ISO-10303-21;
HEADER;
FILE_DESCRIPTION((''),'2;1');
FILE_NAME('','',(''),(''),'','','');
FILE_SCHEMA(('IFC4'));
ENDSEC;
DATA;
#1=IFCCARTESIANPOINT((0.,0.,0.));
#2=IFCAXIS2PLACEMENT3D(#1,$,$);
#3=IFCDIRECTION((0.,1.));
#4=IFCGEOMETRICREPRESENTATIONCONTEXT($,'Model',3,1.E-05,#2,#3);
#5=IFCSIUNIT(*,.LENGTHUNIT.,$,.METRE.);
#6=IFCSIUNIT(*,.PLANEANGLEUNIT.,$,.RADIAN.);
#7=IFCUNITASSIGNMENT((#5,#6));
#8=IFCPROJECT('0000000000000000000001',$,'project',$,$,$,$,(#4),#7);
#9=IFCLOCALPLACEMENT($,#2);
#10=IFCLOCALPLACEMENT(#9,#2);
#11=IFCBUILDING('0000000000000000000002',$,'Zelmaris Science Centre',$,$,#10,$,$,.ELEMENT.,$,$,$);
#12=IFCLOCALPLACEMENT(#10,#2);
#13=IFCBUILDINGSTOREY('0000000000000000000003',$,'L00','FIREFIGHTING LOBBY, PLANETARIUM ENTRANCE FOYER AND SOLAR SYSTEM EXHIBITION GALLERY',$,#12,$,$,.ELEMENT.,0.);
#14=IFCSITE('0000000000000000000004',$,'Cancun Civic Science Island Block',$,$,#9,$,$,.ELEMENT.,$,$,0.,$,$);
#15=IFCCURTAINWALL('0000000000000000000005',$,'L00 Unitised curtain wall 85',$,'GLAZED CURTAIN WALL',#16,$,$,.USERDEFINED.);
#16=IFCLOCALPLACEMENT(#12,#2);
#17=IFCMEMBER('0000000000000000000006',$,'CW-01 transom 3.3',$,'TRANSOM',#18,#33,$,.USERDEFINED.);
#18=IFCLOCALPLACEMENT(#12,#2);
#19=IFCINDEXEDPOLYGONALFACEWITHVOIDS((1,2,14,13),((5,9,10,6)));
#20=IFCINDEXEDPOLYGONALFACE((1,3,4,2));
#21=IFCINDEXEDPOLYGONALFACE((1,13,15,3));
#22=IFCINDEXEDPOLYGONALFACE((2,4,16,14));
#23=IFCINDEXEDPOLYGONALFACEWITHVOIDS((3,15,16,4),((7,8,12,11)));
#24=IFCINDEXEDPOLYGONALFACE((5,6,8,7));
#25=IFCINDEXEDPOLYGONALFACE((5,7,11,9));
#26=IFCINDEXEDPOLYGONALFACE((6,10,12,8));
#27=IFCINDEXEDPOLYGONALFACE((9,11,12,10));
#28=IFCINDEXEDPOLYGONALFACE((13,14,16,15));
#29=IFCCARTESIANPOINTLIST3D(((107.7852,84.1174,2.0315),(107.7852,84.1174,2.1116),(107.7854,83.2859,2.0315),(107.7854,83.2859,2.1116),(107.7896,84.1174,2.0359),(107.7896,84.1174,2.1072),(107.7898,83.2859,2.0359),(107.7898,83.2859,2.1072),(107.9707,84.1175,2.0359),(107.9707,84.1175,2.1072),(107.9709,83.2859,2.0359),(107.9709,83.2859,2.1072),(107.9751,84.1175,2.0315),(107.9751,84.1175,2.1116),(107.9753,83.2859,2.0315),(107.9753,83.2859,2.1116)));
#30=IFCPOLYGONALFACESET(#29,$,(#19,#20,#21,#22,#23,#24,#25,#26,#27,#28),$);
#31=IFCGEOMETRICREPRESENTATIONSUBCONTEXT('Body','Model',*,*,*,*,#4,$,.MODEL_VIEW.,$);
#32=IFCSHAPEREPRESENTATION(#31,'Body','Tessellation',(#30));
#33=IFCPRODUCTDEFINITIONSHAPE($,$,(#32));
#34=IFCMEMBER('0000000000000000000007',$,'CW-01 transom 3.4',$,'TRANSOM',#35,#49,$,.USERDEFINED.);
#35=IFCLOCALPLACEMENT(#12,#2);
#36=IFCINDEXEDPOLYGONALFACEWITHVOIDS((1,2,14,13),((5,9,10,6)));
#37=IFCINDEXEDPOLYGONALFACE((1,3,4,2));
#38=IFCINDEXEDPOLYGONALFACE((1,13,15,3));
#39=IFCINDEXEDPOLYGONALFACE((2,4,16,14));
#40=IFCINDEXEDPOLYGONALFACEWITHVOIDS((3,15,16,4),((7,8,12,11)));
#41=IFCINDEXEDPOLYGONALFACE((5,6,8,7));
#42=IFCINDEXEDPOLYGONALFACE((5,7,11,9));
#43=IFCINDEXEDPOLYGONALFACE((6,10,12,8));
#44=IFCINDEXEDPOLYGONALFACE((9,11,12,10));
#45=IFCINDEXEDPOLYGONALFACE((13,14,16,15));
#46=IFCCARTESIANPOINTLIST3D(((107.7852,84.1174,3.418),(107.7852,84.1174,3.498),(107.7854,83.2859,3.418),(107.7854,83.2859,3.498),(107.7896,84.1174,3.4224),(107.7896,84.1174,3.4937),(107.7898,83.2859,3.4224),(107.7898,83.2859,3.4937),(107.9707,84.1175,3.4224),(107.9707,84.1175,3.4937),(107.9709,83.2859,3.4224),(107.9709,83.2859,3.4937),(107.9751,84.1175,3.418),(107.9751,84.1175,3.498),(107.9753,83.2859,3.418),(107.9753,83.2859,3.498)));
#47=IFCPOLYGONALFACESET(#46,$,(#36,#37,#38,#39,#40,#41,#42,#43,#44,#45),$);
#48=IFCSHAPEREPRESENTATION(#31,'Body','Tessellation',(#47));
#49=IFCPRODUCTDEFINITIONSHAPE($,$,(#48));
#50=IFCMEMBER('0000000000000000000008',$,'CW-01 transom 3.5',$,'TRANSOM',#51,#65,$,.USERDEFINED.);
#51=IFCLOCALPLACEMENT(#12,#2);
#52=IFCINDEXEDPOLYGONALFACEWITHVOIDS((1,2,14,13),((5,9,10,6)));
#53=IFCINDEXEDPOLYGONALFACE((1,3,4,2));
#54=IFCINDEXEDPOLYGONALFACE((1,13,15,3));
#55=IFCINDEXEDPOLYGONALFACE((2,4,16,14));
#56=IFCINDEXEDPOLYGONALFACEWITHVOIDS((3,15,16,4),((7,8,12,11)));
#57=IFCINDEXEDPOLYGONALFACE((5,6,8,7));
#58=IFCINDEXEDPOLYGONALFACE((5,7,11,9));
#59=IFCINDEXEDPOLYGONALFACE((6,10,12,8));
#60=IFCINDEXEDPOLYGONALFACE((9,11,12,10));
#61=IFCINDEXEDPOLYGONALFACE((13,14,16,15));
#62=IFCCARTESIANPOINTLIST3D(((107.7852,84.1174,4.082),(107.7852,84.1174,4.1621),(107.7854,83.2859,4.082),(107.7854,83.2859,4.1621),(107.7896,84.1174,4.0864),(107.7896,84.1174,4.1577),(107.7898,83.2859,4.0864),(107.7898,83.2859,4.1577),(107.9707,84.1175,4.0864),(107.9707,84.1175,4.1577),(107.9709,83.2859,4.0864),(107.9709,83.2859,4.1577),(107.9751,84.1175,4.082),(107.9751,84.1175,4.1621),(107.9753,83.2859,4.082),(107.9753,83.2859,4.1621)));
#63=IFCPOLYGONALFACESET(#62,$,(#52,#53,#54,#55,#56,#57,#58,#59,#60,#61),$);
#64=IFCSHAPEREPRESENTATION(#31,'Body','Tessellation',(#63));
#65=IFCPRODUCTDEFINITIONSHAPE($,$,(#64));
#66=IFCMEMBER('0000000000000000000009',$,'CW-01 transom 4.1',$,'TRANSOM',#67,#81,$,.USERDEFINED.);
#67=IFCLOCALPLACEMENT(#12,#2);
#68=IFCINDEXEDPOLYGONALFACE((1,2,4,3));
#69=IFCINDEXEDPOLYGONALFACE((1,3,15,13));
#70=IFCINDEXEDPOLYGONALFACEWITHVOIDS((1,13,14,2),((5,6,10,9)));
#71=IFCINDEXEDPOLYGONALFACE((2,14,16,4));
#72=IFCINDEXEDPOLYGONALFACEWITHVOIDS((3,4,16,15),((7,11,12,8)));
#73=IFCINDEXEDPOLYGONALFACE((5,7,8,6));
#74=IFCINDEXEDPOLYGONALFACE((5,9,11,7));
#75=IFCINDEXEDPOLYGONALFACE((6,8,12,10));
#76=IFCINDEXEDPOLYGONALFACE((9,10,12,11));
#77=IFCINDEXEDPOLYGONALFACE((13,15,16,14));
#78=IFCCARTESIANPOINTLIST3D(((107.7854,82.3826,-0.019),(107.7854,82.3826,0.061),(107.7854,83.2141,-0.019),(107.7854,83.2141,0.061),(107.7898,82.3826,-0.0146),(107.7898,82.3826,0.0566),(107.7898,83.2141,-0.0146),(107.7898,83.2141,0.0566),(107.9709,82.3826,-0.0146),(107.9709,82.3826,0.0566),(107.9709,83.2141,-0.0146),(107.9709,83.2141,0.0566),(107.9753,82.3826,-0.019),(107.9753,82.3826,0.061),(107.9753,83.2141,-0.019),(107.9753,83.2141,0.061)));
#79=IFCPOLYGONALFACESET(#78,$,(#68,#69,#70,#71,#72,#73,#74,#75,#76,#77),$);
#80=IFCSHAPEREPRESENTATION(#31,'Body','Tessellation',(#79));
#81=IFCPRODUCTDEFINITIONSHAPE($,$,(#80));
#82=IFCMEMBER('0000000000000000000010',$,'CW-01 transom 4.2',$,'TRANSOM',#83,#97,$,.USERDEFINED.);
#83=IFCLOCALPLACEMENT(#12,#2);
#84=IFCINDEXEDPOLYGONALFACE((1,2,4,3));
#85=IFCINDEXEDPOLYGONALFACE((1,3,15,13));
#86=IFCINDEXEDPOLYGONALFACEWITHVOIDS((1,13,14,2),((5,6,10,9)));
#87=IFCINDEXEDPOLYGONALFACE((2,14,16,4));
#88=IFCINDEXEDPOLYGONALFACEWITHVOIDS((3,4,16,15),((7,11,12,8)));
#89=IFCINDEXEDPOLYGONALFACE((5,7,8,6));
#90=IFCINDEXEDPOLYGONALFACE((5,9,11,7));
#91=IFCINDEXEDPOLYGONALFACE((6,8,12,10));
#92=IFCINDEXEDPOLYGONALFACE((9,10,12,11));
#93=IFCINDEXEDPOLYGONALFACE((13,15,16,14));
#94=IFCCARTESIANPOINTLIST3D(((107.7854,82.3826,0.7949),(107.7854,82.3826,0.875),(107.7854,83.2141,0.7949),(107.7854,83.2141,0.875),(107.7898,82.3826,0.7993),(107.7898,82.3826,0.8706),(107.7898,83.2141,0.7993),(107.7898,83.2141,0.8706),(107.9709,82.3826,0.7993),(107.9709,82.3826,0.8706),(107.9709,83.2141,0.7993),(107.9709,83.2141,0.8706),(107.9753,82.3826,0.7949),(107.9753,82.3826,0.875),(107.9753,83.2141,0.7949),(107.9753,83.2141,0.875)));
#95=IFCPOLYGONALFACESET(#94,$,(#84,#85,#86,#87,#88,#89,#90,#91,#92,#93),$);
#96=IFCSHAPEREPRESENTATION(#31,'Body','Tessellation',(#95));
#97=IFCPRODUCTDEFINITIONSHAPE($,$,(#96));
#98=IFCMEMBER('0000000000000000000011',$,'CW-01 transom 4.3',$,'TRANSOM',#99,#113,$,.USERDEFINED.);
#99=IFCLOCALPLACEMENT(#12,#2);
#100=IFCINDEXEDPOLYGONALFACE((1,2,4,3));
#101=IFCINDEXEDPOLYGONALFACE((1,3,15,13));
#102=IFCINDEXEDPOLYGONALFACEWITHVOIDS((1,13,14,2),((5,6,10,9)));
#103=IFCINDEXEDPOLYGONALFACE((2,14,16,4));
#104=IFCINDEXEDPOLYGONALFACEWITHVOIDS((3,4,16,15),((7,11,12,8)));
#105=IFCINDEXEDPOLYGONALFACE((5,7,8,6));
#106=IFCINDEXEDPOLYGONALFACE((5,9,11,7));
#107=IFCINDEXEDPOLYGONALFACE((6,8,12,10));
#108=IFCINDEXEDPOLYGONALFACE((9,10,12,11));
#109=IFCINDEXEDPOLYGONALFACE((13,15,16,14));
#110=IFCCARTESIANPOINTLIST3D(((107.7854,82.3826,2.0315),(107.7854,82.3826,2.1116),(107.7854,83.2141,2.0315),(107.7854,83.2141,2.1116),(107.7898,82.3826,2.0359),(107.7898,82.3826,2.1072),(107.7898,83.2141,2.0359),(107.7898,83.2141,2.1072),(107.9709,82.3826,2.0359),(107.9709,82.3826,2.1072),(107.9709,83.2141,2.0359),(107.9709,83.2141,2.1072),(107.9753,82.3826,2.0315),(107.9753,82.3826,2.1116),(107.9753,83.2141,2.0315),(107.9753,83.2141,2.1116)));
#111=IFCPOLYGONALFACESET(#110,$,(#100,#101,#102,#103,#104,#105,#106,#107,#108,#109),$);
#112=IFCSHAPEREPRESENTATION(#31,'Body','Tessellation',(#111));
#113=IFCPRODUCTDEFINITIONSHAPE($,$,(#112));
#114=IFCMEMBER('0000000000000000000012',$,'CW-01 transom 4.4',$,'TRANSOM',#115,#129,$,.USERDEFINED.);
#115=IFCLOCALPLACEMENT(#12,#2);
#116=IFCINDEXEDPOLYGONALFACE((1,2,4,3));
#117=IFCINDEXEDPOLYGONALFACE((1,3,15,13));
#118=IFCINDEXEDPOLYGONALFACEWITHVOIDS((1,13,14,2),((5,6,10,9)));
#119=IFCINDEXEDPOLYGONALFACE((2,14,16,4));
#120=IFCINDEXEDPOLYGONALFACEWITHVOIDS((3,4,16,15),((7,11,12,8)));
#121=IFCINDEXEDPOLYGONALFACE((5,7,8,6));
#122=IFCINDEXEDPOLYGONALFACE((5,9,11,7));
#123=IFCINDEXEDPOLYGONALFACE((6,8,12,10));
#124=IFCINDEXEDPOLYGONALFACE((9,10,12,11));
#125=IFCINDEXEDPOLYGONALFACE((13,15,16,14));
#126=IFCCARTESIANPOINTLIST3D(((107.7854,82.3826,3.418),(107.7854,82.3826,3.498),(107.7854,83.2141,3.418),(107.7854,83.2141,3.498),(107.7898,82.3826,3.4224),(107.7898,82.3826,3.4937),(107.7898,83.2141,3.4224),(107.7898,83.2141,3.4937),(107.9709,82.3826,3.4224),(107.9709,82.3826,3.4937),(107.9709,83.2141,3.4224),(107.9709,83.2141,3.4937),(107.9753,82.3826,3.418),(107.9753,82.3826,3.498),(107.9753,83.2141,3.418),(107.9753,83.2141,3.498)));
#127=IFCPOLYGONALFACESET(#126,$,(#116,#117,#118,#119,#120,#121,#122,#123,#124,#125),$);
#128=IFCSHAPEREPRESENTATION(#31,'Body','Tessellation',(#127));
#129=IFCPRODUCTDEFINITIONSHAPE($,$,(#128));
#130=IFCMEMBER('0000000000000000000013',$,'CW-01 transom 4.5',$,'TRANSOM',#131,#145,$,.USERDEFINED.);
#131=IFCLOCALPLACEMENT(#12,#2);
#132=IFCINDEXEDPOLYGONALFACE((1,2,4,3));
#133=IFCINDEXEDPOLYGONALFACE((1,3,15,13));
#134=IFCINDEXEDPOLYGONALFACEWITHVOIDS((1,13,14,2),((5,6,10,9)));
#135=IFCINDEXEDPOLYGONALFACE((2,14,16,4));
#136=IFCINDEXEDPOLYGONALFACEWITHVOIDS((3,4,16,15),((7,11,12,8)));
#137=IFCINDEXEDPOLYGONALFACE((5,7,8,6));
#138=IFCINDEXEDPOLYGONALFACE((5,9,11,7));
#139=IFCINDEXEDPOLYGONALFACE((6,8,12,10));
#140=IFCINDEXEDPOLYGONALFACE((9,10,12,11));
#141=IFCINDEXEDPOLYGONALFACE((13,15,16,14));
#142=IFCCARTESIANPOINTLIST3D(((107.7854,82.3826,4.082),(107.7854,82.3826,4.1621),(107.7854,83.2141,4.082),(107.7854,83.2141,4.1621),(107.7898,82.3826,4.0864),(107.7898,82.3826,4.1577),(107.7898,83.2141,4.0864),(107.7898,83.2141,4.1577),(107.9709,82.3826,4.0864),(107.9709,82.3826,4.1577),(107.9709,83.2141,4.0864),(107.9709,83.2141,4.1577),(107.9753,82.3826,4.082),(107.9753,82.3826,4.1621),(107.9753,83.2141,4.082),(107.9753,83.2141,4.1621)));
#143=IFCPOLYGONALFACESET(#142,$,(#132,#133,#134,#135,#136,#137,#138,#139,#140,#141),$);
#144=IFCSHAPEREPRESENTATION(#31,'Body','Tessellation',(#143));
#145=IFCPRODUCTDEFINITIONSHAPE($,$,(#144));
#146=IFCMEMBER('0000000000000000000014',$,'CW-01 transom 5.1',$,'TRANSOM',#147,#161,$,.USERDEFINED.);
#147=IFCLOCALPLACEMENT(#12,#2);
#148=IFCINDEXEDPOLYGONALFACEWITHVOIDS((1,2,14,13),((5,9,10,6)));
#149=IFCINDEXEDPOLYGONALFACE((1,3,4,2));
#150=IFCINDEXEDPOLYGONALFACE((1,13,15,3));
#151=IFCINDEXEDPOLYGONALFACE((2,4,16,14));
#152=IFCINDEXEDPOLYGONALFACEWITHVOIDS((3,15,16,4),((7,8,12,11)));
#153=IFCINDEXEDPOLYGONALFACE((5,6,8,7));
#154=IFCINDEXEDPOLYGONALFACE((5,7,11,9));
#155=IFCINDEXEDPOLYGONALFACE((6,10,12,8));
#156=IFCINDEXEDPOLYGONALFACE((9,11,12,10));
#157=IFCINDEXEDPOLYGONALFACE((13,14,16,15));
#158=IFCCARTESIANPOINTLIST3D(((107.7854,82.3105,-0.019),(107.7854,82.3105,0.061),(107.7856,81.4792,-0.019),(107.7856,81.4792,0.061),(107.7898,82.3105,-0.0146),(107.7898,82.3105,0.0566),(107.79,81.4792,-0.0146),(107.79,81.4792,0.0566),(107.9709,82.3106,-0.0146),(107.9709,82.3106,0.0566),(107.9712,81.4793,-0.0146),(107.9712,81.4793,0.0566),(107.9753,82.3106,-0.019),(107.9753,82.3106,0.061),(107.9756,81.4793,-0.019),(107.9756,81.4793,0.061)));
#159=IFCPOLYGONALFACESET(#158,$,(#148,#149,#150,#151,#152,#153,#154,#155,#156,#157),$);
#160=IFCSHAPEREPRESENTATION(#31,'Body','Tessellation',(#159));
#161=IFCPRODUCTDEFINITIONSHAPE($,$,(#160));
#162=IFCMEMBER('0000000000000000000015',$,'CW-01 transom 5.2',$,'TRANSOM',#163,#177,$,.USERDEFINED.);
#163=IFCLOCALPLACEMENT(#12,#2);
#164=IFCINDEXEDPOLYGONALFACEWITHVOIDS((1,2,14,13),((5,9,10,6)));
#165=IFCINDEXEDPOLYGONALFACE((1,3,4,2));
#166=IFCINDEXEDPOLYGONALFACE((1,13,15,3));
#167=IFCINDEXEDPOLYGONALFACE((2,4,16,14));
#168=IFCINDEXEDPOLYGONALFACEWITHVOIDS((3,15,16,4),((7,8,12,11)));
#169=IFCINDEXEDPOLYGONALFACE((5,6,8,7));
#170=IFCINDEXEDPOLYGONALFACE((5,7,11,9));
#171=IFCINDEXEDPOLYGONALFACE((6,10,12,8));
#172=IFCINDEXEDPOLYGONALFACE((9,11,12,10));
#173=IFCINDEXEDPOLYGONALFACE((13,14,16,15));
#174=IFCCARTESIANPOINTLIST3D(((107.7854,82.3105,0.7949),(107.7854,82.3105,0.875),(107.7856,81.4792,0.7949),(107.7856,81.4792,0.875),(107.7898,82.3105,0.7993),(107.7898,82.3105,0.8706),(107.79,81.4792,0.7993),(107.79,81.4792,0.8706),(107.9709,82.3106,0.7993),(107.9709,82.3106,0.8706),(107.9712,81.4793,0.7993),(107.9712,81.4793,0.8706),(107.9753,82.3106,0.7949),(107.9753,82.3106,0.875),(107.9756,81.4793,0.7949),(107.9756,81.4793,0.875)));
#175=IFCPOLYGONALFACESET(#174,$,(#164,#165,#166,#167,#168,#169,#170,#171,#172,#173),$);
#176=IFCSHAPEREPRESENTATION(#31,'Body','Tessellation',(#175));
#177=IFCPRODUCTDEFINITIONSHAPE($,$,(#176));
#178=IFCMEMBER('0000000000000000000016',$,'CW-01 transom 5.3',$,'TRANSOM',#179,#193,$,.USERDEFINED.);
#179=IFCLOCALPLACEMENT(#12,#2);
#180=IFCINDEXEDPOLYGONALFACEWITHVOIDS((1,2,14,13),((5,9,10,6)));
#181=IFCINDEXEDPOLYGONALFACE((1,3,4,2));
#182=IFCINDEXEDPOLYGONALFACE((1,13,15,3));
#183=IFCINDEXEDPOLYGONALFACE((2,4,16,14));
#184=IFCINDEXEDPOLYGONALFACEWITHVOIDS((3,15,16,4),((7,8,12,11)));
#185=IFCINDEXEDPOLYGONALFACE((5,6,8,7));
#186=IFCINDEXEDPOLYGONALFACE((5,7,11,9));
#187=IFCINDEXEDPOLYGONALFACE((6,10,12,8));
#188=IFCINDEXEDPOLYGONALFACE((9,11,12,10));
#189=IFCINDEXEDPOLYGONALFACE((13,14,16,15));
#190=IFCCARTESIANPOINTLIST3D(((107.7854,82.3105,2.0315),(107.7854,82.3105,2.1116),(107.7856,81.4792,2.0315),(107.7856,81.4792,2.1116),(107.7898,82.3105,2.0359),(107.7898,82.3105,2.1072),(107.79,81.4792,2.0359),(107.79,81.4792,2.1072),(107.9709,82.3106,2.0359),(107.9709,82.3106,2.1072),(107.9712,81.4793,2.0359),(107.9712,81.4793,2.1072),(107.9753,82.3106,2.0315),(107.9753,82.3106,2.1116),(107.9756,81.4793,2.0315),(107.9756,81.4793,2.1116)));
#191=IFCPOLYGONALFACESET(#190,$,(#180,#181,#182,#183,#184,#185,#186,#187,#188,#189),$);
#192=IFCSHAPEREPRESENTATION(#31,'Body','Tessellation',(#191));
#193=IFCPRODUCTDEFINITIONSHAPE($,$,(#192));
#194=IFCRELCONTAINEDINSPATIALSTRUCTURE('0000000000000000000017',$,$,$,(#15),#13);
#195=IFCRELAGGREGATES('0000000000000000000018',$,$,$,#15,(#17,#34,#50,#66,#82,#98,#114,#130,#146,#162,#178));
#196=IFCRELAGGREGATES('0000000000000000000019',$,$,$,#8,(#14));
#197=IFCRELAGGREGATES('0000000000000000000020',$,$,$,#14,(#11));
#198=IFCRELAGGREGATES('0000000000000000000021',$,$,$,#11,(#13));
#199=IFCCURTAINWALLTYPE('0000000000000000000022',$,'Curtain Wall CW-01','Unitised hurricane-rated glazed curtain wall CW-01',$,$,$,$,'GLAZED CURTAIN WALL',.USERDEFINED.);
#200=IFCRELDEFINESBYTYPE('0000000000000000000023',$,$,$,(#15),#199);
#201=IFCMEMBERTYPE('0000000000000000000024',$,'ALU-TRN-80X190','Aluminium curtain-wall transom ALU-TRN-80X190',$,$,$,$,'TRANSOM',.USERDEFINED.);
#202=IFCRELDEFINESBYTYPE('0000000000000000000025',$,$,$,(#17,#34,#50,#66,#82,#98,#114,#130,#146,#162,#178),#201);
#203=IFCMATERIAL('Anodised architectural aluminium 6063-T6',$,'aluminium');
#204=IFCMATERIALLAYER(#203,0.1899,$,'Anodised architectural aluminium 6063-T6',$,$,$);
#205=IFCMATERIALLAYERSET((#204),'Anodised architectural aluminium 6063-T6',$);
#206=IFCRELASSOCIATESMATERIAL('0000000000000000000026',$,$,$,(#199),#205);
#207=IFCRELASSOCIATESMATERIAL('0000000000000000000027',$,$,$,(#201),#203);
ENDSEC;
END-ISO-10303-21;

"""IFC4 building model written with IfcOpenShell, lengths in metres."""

from ifc_helpers import new_model, si_unit, direction, frame, origin, origin_2d, place, context, subcontext, project, spatial, hollow_rectangle, extrude, material, layer, layer_set, material_profile, profile_set, type_object, element, aggregate, save


model = new_model("IFC4")

# Units and contexts
model_context = context("Model", 3, precision=1e-05, world=origin(), true_north=direction((0.0, 1.0)))
body_context = subcontext(model_context, "Body", "Model", "MODEL_VIEW")
ifc_project = project(units=[si_unit("LENGTHUNIT", "METRE"), si_unit("PLANEANGLEUNIT", "RADIAN")], contexts=[model_context])

# Site, building, storey
site_placement = place(None, origin())
site = spatial("IfcSite", under=ifc_project, at=site_placement, Name="Cancun Civic Science Island Block", CompositionType="ELEMENT", RefElevation=0.0)
building_placement = place(site_placement, origin())
building = spatial("IfcBuilding", under=site, at=building_placement, Name="Zelmaris Science Centre", CompositionType="ELEMENT")
storey_placement = place(building_placement, origin())
storey = spatial("IfcBuildingStorey", under=building, at=storey_placement, Name="L00", Description="FIREFIGHTING LOBBY, PLANETARIUM ENTRANCE FOYER AND SOLAR SYSTEM EXHIBITION GALLERY", CompositionType="ELEMENT", Elevation=0.0)

# Curtain wall, members
ifc_material_1 = material(Name="Anodised architectural aluminium 6063-T6", Category="aluminium")
ifc_layer_1 = layer(ifc_material_1, 0.1899, Name="Anodised architectural aluminium 6063-T6")
ifc_layer_set_1 = layer_set([ifc_layer_1], Name="Anodised architectural aluminium 6063-T6")
curtain_wall_type = type_object("IfcCurtainWallType", Name="Curtain Wall CW-01", Description="Unitised hurricane-rated glazed curtain wall CW-01", ElementType="GLAZED CURTAIN WALL", PredefinedType="USERDEFINED", material=ifc_layer_set_1)
curtain_wall_placement = place(storey_placement, origin())
curtain_wall = element("IfcCurtainWall", 1, at=curtain_wall_placement, inside=storey, type_object=curtain_wall_type, Name="L00 Unitised curtain wall 85", ObjectType="GLAZED CURTAIN WALL", PredefinedType="USERDEFINED")
ifc_material_profile_1 = material_profile(ifc_material_1, hollow_rectangle(XDim=0.0801, YDim=0.1899, WallThickness=0.0044, at=origin_2d()), Name="ALU-TRN-80X190")
ifc_profile_set_1 = profile_set([ifc_material_profile_1], Name="Anodised architectural aluminium 6063-T6")
member_type_1 = type_object("IfcMemberType", Name="ALU-TRN-80X190", Description="Aluminium curtain-wall transom ALU-TRN-80X190", ElementType="TRANSOM", PredefinedType="USERDEFINED", material=ifc_profile_set_1)
member_1_placement = place(storey_placement, frame((107.8801, 84.1174, 2.0715), z_axis=(0.000294, -1.0, 0.0), x_axis=(0.0, 0.0, 1.0)))
member_1 = element("IfcMember", 2, at=member_1_placement, type_object=member_type_1, Name="CW-01 transom 3.3", ObjectType="TRANSOM", PredefinedType="USERDEFINED", context=body_context, shape_type="SweptSolid", body=[
    extrude(hollow_rectangle(XDim=0.0801, YDim=0.1899, WallThickness=0.0044, at=origin_2d()), origin(), (0.0, 0.0, 1.0), 0.8315),
])
member_2_placement = place(storey_placement, frame((107.8801, 84.1174, 3.458), z_axis=(0.000294, -1.0, 0.0), x_axis=(0.0, 0.0, 1.0)))
member_2 = element("IfcMember", 3, at=member_2_placement, type_object=member_type_1, Name="CW-01 transom 3.4", ObjectType="TRANSOM", PredefinedType="USERDEFINED", context=body_context, shape_type="SweptSolid", body=[
    extrude(hollow_rectangle(XDim=0.0801, YDim=0.1899, WallThickness=0.0044, at=origin_2d()), origin(), (0.0, 0.0, 1.0), 0.8315),
])
member_3_placement = place(storey_placement, frame((107.8801, 84.1174, 4.1221), z_axis=(0.000294, -1.0, 0.0), x_axis=(0.0, 0.0, 1.0)))
member_3 = element("IfcMember", 4, at=member_3_placement, type_object=member_type_1, Name="CW-01 transom 3.5", ObjectType="TRANSOM", PredefinedType="USERDEFINED", context=body_context, shape_type="SweptSolid", body=[
    extrude(hollow_rectangle(XDim=0.0801, YDim=0.1899, WallThickness=0.0044, at=origin_2d()), origin(), (0.0, 0.0, 1.0), 0.8315),
])
member_4_placement = place(storey_placement, frame((107.8804, 83.2141, 0.021), z_axis=(0.0, -1.0, 0.0), x_axis=(0.0, 0.0, 1.0)))
member_4 = element("IfcMember", 5, at=member_4_placement, type_object=member_type_1, Name="CW-01 transom 4.1", ObjectType="TRANSOM", PredefinedType="USERDEFINED", context=body_context, shape_type="SweptSolid", body=[
    extrude(hollow_rectangle(XDim=0.0801, YDim=0.1899, WallThickness=0.0044, at=origin_2d()), origin(), (0.0, 0.0, 1.0), 0.8315),
])
member_5_placement = place(storey_placement, frame((107.8804, 83.2141, 0.835), z_axis=(0.0, -1.0, 0.0), x_axis=(0.0, 0.0, 1.0)))
member_5 = element("IfcMember", 6, at=member_5_placement, type_object=member_type_1, Name="CW-01 transom 4.2", ObjectType="TRANSOM", PredefinedType="USERDEFINED", context=body_context, shape_type="SweptSolid", body=[
    extrude(hollow_rectangle(XDim=0.0801, YDim=0.1899, WallThickness=0.0044, at=origin_2d()), origin(), (0.0, 0.0, 1.0), 0.8315),
])
member_6_placement = place(storey_placement, frame((107.8804, 83.2141, 2.0715), z_axis=(0.0, -1.0, 0.0), x_axis=(0.0, 0.0, 1.0)))
member_6 = element("IfcMember", 7, at=member_6_placement, type_object=member_type_1, Name="CW-01 transom 4.3", ObjectType="TRANSOM", PredefinedType="USERDEFINED", context=body_context, shape_type="SweptSolid", body=[
    extrude(hollow_rectangle(XDim=0.0801, YDim=0.1899, WallThickness=0.0044, at=origin_2d()), origin(), (0.0, 0.0, 1.0), 0.8315),
])
member_7_placement = place(storey_placement, frame((107.8804, 83.2141, 3.458), z_axis=(0.0, -1.0, 0.0), x_axis=(0.0, 0.0, 1.0)))
member_7 = element("IfcMember", 8, at=member_7_placement, type_object=member_type_1, Name="CW-01 transom 4.4", ObjectType="TRANSOM", PredefinedType="USERDEFINED", context=body_context, shape_type="SweptSolid", body=[
    extrude(hollow_rectangle(XDim=0.0801, YDim=0.1899, WallThickness=0.0044, at=origin_2d()), origin(), (0.0, 0.0, 1.0), 0.8315),
])
member_8_placement = place(storey_placement, frame((107.8804, 83.2141, 4.1221), z_axis=(0.0, -1.0, 0.0), x_axis=(0.0, 0.0, 1.0)))
member_8 = element("IfcMember", 9, at=member_8_placement, type_object=member_type_1, Name="CW-01 transom 4.5", ObjectType="TRANSOM", PredefinedType="USERDEFINED", context=body_context, shape_type="SweptSolid", body=[
    extrude(hollow_rectangle(XDim=0.0801, YDim=0.1899, WallThickness=0.0044, at=origin_2d()), origin(), (0.0, 0.0, 1.0), 0.8315),
])
member_9_placement = place(storey_placement, frame((107.8804, 82.3105, 0.021), z_axis=(0.000294, -1.0, 0.0), x_axis=(0.0, 0.0, 1.0)))
member_9 = element("IfcMember", 10, at=member_9_placement, type_object=member_type_1, Name="CW-01 transom 5.1", ObjectType="TRANSOM", PredefinedType="USERDEFINED", context=body_context, shape_type="SweptSolid", body=[
    extrude(hollow_rectangle(XDim=0.0801, YDim=0.1899, WallThickness=0.0044, at=origin_2d()), origin(), (0.0, 0.0, 1.0), 0.8313),
])
member_10_placement = place(storey_placement, frame((107.8804, 82.3105, 0.835), z_axis=(0.000294, -1.0, 0.0), x_axis=(0.0, 0.0, 1.0)))
member_10 = element("IfcMember", 11, at=member_10_placement, type_object=member_type_1, Name="CW-01 transom 5.2", ObjectType="TRANSOM", PredefinedType="USERDEFINED", context=body_context, shape_type="SweptSolid", body=[
    extrude(hollow_rectangle(XDim=0.0801, YDim=0.1899, WallThickness=0.0044, at=origin_2d()), origin(), (0.0, 0.0, 1.0), 0.8313),
])
member_11_placement = place(storey_placement, frame((107.8804, 82.3105, 2.0715), z_axis=(0.000294, -1.0, 0.0), x_axis=(0.0, 0.0, 1.0)))
member_11 = element("IfcMember", 12, at=member_11_placement, type_object=member_type_1, Name="CW-01 transom 5.3", ObjectType="TRANSOM", PredefinedType="USERDEFINED", context=body_context, shape_type="SweptSolid", body=[
    extrude(hollow_rectangle(XDim=0.0801, YDim=0.1899, WallThickness=0.0044, at=origin_2d()), origin(), (0.0, 0.0, 1.0), 0.8313),
])

aggregate(curtain_wall, [member_1, member_2, member_3, member_4, member_5, member_6, member_7, member_8, member_9, member_10, member_11])

save(model, "model.ifc")
